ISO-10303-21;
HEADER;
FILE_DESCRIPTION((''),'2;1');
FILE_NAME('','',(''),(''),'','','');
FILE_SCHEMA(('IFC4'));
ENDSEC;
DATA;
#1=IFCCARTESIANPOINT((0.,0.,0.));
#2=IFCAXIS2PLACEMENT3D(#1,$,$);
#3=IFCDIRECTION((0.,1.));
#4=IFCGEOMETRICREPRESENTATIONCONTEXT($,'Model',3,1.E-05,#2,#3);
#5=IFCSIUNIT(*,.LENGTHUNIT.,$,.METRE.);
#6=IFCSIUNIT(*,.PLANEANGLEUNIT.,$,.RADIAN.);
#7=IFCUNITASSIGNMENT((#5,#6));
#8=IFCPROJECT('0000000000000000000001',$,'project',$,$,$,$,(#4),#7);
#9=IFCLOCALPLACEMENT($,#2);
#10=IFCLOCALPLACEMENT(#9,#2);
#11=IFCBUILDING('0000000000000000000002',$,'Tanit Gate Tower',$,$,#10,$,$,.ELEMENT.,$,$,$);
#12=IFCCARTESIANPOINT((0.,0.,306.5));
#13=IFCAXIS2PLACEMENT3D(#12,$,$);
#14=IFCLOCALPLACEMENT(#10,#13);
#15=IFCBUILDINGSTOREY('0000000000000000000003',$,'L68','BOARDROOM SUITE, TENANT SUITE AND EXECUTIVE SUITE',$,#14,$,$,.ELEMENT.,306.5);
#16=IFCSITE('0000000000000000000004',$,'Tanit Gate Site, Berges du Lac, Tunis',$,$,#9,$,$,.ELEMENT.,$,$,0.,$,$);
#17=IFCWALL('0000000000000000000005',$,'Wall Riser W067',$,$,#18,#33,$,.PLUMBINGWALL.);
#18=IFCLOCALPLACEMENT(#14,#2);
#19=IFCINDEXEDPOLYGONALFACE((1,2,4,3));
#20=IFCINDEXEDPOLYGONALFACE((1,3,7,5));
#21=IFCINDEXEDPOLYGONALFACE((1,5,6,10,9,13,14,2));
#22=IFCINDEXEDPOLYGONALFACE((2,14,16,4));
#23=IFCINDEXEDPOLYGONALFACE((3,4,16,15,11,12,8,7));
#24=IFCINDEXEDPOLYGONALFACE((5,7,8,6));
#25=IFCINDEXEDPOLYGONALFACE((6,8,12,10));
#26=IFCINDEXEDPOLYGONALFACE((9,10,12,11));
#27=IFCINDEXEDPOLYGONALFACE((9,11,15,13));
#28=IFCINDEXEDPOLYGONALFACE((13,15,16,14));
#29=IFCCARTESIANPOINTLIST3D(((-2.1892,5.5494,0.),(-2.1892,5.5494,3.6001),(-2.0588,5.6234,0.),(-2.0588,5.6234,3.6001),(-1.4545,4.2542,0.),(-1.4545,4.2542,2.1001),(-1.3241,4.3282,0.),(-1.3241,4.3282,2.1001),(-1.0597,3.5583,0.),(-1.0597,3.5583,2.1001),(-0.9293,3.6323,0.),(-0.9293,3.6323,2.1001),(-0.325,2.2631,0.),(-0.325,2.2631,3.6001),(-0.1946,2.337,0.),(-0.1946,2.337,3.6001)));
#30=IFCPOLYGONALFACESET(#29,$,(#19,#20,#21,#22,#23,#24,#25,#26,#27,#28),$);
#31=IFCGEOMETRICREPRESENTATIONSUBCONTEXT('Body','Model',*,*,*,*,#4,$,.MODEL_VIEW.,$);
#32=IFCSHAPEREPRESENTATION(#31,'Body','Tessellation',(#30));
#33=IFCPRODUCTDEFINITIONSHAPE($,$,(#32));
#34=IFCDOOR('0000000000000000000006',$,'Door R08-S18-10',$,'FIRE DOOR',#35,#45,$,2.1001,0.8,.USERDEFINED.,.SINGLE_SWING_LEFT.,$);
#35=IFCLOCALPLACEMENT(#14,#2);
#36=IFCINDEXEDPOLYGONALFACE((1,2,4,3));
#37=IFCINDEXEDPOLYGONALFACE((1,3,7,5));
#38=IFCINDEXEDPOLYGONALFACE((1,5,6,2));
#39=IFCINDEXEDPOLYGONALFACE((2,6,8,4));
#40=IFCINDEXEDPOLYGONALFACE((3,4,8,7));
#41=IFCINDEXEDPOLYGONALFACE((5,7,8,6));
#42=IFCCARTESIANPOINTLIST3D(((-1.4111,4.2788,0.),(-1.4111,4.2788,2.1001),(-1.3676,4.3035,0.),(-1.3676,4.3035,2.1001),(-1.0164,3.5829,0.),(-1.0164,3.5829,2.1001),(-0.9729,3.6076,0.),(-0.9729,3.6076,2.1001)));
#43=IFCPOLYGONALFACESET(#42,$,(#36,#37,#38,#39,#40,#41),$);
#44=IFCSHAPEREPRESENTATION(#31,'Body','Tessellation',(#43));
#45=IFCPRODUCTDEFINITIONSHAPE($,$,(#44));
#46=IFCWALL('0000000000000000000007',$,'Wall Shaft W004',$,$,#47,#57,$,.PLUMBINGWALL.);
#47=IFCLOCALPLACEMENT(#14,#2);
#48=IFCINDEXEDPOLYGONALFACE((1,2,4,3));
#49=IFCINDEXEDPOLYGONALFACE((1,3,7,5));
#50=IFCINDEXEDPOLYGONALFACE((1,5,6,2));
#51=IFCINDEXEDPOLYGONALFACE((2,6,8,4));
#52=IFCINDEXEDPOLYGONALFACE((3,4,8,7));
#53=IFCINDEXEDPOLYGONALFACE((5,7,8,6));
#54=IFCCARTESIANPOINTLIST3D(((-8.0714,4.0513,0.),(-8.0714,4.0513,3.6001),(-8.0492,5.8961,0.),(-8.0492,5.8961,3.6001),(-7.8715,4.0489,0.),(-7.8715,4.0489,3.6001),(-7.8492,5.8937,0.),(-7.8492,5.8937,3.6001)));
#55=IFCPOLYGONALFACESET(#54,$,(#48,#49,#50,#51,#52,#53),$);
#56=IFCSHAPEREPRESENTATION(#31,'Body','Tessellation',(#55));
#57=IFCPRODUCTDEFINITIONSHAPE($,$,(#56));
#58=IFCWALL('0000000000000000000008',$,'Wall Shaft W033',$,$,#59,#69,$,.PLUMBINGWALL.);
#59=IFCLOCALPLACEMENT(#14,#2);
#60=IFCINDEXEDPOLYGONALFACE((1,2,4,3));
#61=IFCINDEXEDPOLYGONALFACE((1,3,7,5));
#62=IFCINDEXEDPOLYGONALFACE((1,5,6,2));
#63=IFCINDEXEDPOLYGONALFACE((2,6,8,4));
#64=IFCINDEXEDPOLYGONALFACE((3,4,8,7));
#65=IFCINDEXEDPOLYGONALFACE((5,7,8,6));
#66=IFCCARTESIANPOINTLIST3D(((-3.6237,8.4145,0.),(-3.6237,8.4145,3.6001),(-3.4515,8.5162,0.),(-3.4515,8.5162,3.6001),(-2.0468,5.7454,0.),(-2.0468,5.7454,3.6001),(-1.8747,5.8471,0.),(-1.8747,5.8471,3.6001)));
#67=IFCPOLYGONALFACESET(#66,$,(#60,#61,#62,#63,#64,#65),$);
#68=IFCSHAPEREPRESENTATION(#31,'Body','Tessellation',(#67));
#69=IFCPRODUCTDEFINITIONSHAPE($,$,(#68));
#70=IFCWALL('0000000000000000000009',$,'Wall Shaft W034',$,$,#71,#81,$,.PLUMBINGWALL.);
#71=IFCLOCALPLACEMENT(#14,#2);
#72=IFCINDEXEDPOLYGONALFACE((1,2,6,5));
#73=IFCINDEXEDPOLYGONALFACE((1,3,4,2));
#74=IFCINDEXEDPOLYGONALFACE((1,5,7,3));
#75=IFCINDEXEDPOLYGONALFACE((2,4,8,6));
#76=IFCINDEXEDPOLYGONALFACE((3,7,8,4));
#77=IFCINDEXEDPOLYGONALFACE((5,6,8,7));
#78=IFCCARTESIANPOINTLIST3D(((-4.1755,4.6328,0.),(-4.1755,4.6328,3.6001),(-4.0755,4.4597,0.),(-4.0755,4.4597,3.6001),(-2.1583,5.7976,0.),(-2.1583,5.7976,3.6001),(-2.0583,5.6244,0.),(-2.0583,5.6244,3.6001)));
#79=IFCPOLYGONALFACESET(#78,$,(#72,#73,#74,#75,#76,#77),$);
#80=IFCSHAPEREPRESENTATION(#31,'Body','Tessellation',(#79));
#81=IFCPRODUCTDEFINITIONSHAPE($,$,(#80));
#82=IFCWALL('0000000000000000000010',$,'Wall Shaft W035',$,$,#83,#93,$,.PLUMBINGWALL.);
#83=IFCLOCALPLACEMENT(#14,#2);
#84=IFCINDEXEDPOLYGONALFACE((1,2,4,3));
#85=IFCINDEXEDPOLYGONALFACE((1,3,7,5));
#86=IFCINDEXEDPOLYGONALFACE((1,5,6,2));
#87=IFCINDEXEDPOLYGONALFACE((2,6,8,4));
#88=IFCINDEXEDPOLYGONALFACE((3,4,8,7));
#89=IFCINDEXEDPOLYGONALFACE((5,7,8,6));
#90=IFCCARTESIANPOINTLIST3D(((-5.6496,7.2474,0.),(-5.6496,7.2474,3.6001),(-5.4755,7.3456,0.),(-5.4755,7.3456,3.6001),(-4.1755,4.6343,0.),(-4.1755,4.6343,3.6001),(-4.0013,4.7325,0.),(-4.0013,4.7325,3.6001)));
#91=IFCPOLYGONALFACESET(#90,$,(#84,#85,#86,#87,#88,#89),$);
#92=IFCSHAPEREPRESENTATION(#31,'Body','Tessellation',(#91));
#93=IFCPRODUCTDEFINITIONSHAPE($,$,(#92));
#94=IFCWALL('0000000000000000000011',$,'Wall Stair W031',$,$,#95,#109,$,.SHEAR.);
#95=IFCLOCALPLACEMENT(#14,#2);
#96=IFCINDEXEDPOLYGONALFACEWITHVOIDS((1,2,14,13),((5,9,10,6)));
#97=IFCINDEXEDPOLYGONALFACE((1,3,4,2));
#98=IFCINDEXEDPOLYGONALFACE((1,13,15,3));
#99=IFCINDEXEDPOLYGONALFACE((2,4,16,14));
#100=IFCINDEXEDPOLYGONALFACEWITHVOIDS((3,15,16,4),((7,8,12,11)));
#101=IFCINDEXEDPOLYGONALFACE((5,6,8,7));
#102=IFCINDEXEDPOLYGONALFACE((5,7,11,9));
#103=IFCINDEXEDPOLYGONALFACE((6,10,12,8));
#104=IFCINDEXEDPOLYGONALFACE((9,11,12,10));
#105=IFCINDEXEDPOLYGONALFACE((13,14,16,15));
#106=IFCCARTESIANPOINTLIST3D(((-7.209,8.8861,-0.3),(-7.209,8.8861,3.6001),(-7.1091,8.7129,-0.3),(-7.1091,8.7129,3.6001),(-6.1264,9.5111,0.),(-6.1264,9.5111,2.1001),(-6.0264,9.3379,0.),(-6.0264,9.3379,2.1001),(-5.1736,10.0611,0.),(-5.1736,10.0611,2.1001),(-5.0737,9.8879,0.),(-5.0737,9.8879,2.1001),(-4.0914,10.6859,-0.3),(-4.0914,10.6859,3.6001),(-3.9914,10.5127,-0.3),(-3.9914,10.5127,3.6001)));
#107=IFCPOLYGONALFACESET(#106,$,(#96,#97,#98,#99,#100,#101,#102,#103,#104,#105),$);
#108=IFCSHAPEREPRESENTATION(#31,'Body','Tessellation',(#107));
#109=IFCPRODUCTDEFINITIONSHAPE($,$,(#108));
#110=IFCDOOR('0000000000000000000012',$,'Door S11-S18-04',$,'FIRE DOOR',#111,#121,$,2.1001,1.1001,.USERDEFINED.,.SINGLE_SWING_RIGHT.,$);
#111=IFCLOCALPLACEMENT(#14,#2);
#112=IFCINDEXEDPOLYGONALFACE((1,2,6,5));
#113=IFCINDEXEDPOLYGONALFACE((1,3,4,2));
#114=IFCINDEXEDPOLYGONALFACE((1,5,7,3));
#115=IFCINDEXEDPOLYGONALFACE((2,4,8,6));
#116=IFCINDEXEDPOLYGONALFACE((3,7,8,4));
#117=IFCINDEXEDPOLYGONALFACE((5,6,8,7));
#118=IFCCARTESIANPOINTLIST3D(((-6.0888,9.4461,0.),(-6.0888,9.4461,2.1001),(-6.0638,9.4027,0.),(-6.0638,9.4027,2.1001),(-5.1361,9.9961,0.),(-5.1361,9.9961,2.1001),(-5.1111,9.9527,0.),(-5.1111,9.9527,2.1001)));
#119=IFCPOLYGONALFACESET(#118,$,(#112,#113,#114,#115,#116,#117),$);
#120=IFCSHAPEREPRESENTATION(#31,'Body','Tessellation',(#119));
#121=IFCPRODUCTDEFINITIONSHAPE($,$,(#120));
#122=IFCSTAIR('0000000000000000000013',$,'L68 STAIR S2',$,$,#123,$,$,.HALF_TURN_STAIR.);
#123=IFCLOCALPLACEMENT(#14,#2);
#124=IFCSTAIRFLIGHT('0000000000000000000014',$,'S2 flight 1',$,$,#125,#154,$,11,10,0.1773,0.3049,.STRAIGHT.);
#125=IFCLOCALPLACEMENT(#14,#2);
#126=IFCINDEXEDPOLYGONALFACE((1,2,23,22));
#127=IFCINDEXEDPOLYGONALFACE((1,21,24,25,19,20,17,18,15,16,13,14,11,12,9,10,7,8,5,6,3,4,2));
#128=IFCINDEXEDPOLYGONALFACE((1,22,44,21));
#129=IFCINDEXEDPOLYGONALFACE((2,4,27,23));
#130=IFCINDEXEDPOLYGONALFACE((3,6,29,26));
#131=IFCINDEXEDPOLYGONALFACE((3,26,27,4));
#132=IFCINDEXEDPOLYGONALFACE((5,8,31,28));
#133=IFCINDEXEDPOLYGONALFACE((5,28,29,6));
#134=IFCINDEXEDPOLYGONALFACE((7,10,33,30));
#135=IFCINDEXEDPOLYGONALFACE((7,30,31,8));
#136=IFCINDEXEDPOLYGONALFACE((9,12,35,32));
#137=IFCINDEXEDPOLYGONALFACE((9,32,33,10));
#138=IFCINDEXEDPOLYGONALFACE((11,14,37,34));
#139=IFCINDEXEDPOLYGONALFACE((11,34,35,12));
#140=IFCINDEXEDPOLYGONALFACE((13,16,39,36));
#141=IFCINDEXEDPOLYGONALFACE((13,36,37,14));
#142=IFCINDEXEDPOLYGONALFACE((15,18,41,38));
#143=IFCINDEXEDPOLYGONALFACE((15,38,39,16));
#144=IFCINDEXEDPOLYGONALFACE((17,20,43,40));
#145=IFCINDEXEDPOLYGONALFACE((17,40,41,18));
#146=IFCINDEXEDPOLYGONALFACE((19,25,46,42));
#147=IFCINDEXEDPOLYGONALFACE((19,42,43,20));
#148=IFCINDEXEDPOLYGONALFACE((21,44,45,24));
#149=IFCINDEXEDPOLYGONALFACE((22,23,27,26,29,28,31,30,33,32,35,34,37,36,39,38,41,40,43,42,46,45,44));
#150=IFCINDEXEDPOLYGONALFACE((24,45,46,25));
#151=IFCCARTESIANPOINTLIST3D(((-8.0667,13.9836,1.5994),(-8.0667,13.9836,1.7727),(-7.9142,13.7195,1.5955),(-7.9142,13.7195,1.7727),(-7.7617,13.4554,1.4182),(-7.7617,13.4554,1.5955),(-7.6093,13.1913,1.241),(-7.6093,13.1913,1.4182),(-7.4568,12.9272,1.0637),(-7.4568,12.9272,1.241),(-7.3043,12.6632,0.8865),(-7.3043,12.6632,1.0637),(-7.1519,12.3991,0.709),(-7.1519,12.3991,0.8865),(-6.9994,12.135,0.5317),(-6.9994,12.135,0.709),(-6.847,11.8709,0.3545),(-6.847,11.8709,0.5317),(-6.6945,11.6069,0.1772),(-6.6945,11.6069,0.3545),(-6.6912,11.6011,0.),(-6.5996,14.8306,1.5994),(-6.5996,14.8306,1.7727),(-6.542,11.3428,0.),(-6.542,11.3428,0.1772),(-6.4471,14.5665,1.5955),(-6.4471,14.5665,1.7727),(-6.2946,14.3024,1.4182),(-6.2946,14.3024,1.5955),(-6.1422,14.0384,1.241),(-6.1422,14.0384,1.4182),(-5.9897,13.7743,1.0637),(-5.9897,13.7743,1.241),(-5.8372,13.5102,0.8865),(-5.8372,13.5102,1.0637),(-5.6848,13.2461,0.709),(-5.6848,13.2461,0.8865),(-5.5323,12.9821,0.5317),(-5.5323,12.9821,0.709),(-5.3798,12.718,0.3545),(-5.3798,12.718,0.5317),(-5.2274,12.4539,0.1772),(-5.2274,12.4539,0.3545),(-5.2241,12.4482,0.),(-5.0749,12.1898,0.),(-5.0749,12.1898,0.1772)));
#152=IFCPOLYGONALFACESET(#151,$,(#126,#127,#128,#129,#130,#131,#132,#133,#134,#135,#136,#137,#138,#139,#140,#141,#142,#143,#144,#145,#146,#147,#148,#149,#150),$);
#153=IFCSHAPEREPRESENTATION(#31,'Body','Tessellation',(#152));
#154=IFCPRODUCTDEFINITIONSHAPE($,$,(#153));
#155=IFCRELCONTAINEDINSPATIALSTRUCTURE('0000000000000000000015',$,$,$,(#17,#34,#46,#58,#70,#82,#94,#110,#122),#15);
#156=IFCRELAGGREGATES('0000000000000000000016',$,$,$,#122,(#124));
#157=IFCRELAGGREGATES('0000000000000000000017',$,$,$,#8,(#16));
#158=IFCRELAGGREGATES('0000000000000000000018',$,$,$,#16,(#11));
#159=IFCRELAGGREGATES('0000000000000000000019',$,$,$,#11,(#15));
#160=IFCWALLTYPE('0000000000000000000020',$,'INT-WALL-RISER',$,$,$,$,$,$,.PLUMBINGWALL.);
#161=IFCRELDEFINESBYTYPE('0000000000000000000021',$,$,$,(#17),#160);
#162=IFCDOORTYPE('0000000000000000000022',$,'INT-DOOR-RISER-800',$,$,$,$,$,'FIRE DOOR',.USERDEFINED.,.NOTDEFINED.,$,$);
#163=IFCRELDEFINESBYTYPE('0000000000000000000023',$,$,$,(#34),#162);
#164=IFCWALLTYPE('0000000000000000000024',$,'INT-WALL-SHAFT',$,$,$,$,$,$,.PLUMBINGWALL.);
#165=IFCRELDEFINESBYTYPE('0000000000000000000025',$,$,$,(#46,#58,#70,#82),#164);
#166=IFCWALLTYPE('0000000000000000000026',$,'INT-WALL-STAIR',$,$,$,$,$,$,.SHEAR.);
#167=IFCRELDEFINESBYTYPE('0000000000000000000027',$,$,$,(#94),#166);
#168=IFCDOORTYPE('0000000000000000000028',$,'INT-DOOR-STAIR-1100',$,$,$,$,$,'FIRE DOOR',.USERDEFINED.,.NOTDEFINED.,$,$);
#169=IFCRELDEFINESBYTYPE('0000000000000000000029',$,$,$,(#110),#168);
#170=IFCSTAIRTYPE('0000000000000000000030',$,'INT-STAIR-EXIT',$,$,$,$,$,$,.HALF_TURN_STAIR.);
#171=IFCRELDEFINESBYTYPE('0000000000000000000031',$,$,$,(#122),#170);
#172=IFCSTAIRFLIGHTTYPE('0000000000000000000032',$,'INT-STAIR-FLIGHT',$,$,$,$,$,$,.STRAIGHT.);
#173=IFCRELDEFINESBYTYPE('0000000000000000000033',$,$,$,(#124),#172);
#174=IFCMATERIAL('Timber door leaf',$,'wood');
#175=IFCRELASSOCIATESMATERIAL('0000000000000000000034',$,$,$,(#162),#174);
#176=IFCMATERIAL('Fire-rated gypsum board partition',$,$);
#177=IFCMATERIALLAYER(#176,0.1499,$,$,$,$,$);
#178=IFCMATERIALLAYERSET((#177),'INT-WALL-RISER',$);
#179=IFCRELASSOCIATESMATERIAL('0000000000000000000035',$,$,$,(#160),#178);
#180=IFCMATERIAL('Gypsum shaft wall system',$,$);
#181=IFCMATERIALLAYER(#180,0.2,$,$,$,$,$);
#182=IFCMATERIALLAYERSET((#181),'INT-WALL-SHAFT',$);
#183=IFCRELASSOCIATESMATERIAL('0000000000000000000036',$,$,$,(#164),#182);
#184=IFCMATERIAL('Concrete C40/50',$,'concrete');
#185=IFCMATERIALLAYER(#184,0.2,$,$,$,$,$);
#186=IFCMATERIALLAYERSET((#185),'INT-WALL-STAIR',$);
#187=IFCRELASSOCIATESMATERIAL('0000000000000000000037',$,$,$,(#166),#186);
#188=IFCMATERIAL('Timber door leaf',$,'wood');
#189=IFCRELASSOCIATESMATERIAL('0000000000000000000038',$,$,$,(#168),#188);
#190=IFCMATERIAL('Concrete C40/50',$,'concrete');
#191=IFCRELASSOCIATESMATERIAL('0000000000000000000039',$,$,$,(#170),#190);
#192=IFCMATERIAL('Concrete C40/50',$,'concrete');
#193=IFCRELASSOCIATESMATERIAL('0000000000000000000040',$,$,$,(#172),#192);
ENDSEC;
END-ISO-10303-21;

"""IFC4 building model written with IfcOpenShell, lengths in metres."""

from ifc_helpers import new_model, si_unit, direction, frame, frame_2d, origin, place, context, subcontext, project, spatial, polyline, rectangle, outline, extrude, material, layer, layer_set, type_object, element, fill, aggregate, save


model = new_model("IFC4")

# Units and contexts
model_context = context("Model", 3, precision=1e-05, world=origin(), true_north=direction((0.0, 1.0)))
body_context = subcontext(model_context, "Body", "Model", "MODEL_VIEW")
ifc_project = project(units=[si_unit("LENGTHUNIT", "METRE"), si_unit("PLANEANGLEUNIT", "RADIAN")], contexts=[model_context])

# Site, building, storey
site_placement = place(None, origin())
site = spatial("IfcSite", under=ifc_project, at=site_placement, Name="Tanit Gate Site, Berges du Lac, Tunis", CompositionType="ELEMENT", RefElevation=0.0)
building_placement = place(site_placement, origin())
building = spatial("IfcBuilding", under=site, at=building_placement, Name="Tanit Gate Tower", CompositionType="ELEMENT")
storey_placement = place(building_placement, frame((0.0, 0.0, 306.5)))
storey = spatial("IfcBuildingStorey", under=building, at=storey_placement, Name="L68", Description="BOARDROOM SUITE, TENANT SUITE AND EXECUTIVE SUITE", CompositionType="ELEMENT", Elevation=306.5)

# Shared definitions
ifc_material_1 = material(Name="Timber door leaf", Category="wood")
door_type_1 = type_object("IfcDoorType", Name="INT-DOOR-RISER-800", ElementType="FIRE DOOR", OperationType="NOTDEFINED", PredefinedType="USERDEFINED", material=ifc_material_1)

# Wall, opening, door
ifc_material_2 = material(Name="Fire-rated gypsum board partition")
ifc_layer_1 = layer(ifc_material_2, 0.1499)
ifc_layer_set_1 = layer_set([ifc_layer_1], Name="INT-WALL-RISER")
wall_type_1 = type_object("IfcWallType", Name="INT-WALL-RISER", PredefinedType="PLUMBINGWALL", material=ifc_layer_set_1)
wall_1_placement = place(storey_placement, frame((-2.124, 5.5864, 0.0), z_axis=(0.0, 0.0, 1.0), x_axis=(0.493409, -0.869798, 0.0)))
wall_1 = element("IfcWall", 1, at=wall_1_placement, inside=storey, type_object=wall_type_1, Name="Wall Riser W067", PredefinedType="PLUMBINGWALL", context=body_context, shape_type="SweptSolid", body=[
    extrude(rectangle(XDim=3.7783, YDim=0.1499, at=frame_2d((1.8892, 0.0))), origin(), (0.0, 0.0, 1.0), 3.6001),
])
opening_1_placement = place(wall_1_placement, frame((1.4893, 0.0, 0.0)))
opening_1 = element("IfcOpeningElement", 2, at=opening_1_placement, cuts=wall_1, PredefinedType="OPENING", context=body_context, shape_type="SweptSolid", body=[
    extrude(rectangle(XDim=0.8, YDim=2.1001, at=frame_2d((0.3999, 1.05))), frame((0.0, 0.085, 0.0), z_axis=(0.0, -1.0, 0.0), x_axis=(1.0, 0.0, 0.0)), (0.0, 0.0, 1.0), 0.1699),
])
door_1_placement = place(opening_1_placement, origin())
door_1 = element("IfcDoor", 3, at=door_1_placement, inside=storey, type_object=door_type_1, Name="Door R08-S18-10", ObjectType="FIRE DOOR", OperationType="SINGLE_SWING_LEFT", OverallHeight=2.1001, OverallWidth=0.8, PredefinedType="USERDEFINED", context=body_context, shape_type="SweptSolid", body=[
    extrude(rectangle(XDim=0.8, YDim=2.1001, at=frame_2d((0.3999, 1.05))), frame((0.0, 0.0249, 0.0), z_axis=(0.0, -1.0, 0.0), x_axis=(1.0, 0.0, 0.0)), (0.0, 0.0, 1.0), 0.05),
])
fill(opening_1, door_1)

# Wall
ifc_material_3 = material(Name="Gypsum shaft wall system")
ifc_layer_2 = layer(ifc_material_3, 0.2)
ifc_layer_set_2 = layer_set([ifc_layer_2], Name="INT-WALL-SHAFT")
wall_type_2 = type_object("IfcWallType", Name="INT-WALL-SHAFT", PredefinedType="PLUMBINGWALL", material=ifc_layer_set_2)
wall_2_placement = place(storey_placement, frame((-7.9492, 5.8948, 0.0), z_axis=(0.0, 0.0, 1.0), x_axis=(-0.012043, -0.999927, 0.0)))
element("IfcWall", 4, at=wall_2_placement, inside=storey, type_object=wall_type_2, Name="Wall Shaft W004", PredefinedType="PLUMBINGWALL", context=body_context, shape_type="SweptSolid", body=[
    extrude(rectangle(XDim=1.845, YDim=0.2, at=frame_2d((0.9224, 0.0))), origin(), (0.0, 0.0, 1.0), 3.6001),
])

# Walls
wall_3_placement = place(storey_placement, frame((-3.5376, 8.4653, 0.0), z_axis=(0.0, 0.0, 1.0), x_axis=(0.508647, -0.860975, 0.0)))
element("IfcWall", 5, at=wall_3_placement, inside=storey, type_object=wall_type_2, Name="Wall Shaft W033", PredefinedType="PLUMBINGWALL", context=body_context, shape_type="SweptSolid", body=[
    extrude(rectangle(XDim=3.1001, YDim=0.2, at=frame_2d((1.55, 0.0))), origin(), (0.0, 0.0, 1.0), 3.6001),
])
wall_4_placement = place(storey_placement, frame((-2.1084, 5.7109, 0.0), z_axis=(0.0, 0.0, 1.0), x_axis=(-0.866009, -0.500028, 0.0)))
element("IfcWall", 6, at=wall_4_placement, inside=storey, type_object=wall_type_2, Name="Wall Shaft W034", PredefinedType="PLUMBINGWALL", context=body_context, shape_type="SweptSolid", body=[
    extrude(rectangle(XDim=2.3293, YDim=0.2, at=frame_2d((1.1646, 0.0))), origin(), (0.0, 0.0, 1.0), 3.6001),
])
wall_5_placement = place(storey_placement, frame((-5.5625, 7.2964, 0.0), z_axis=(0.0, 0.0, 1.0), x_axis=(0.491347, -0.870964, 0.0)))
element("IfcWall", 7, at=wall_5_placement, inside=storey, type_object=wall_type_2, Name="Wall Shaft W035", PredefinedType="PLUMBINGWALL", context=body_context, shape_type="SweptSolid", body=[
    extrude(rectangle(XDim=3.0002, YDim=0.2, at=frame_2d((1.5, 0.0))), origin(), (0.0, 0.0, 1.0), 3.6001),
])

# Wall, opening, door
ifc_material_4 = material(Name="Concrete C40/50", Category="concrete")
ifc_layer_3 = layer(ifc_material_4, 0.2)
ifc_layer_set_3 = layer_set([ifc_layer_3], Name="INT-WALL-STAIR")
wall_type_3 = type_object("IfcWallType", Name="INT-WALL-STAIR", PredefinedType="SHEAR", material=ifc_layer_set_3)
wall_6_placement = place(storey_placement, frame((-7.1589, 8.7996, -0.3), z_axis=(0.0, 0.0, 1.0), x_axis=(0.866048, 0.499961, 0.0)))
wall_6 = element("IfcWall", 8, at=wall_6_placement, inside=storey, type_object=wall_type_3, Name="Wall Stair W031", PredefinedType="SHEAR", context=body_context, shape_type="SweptSolid", body=[
    extrude(rectangle(XDim=3.5999, YDim=0.2, at=frame_2d((1.7998, 0.0))), origin(), (0.0, 0.0, 1.0), 3.9001),
])
opening_2_placement = place(wall_6_placement, frame((1.25, 0.0, 0.3)))
opening_2 = element("IfcOpeningElement", 9, at=opening_2_placement, cuts=wall_6, PredefinedType="OPENING", context=body_context, shape_type="SweptSolid", body=[
    extrude(rectangle(XDim=1.1001, YDim=2.1001, at=frame_2d((0.55, 1.05))), frame((0.0, 0.1099, 0.0), z_axis=(0.0, -1.0, 0.0), x_axis=(1.0, 0.0, 0.0)), (0.0, 0.0, 1.0), 0.22),
])
ifc_material_5 = material(Name="Timber door leaf", Category="wood")
door_type_2 = type_object("IfcDoorType", Name="INT-DOOR-STAIR-1100", ElementType="FIRE DOOR", OperationType="NOTDEFINED", PredefinedType="USERDEFINED", material=ifc_material_5)
door_2_placement = place(opening_2_placement, origin())
door_2 = element("IfcDoor", 10, at=door_2_placement, inside=storey, type_object=door_type_2, Name="Door S11-S18-04", ObjectType="FIRE DOOR", OperationType="SINGLE_SWING_RIGHT", OverallHeight=2.1001, OverallWidth=1.1001, PredefinedType="USERDEFINED", context=body_context, shape_type="SweptSolid", body=[
    extrude(rectangle(XDim=1.1001, YDim=2.1001, at=frame_2d((0.55, 1.05))), frame((0.0, 0.0249, 0.0), z_axis=(0.0, -1.0, 0.0), x_axis=(1.0, 0.0, 0.0)), (0.0, 0.0, 1.0), 0.05),
])
fill(opening_2, door_2)

# Stair, stair flight
ifc_material_6 = material(Name="Concrete C40/50", Category="concrete")
stair_type = type_object("IfcStairType", Name="INT-STAIR-EXIT", PredefinedType="HALF_TURN_STAIR", material=ifc_material_6)
stair_placement = place(storey_placement, origin())
stair = element("IfcStair", 11, at=stair_placement, inside=storey, type_object=stair_type, Name="L68 STAIR S2", PredefinedType="HALF_TURN_STAIR")
ifc_material_7 = material(Name="Concrete C40/50", Category="concrete")
stair_flight_type = type_object("IfcStairFlightType", Name="INT-STAIR-FLIGHT", PredefinedType="STRAIGHT", material=ifc_material_7)
stair_flight_placement = place(storey_placement, frame((-5.8083, 11.7664, 0.0), z_axis=(0.0, 0.0, 1.0), x_axis=(-0.5, 0.866025, 0.0)))
stair_flight = element("IfcStairFlight", 12, at=stair_flight_placement, type_object=stair_flight_type, Name="S2 flight 1", NumberOfRisers=11, NumberOfTreads=10, PredefinedType="STRAIGHT", RiserHeight=0.1773, TreadLength=0.3049, context=body_context, shape_type="SweptSolid", body=[
    extrude(outline(polyline([(0.0, 0.0), (0.0, 0.1772), (0.3049, 0.1772), (0.3049, 0.3545), (0.6099, 0.3545), (0.6099, 0.5317), (0.9148, 0.5317), (0.9148, 0.709), (1.2197, 0.709), (1.2197, 0.8865), (1.5247, 0.8865), (1.5247, 1.0637), (1.8296, 1.0637), (1.8296, 1.241), (2.1345, 1.241), (2.1345, 1.4182), (2.4395, 1.4182), (2.4395, 1.5955), (2.7444, 1.5955), (2.7444, 1.7727), (3.0493, 1.7727), (3.0493, 1.95), (3.0493, 1.5994), (0.2983, 0.0), (0.0, 0.0)])), frame((0.0, 0.8472, 0.0), z_axis=(0.0, -1.0, 0.0), x_axis=(1.0, 0.0, 0.0)), (0.0, 0.0, 1.0), 1.6941),
])
aggregate(stair, [stair_flight])

save(model, "model.ifc")
